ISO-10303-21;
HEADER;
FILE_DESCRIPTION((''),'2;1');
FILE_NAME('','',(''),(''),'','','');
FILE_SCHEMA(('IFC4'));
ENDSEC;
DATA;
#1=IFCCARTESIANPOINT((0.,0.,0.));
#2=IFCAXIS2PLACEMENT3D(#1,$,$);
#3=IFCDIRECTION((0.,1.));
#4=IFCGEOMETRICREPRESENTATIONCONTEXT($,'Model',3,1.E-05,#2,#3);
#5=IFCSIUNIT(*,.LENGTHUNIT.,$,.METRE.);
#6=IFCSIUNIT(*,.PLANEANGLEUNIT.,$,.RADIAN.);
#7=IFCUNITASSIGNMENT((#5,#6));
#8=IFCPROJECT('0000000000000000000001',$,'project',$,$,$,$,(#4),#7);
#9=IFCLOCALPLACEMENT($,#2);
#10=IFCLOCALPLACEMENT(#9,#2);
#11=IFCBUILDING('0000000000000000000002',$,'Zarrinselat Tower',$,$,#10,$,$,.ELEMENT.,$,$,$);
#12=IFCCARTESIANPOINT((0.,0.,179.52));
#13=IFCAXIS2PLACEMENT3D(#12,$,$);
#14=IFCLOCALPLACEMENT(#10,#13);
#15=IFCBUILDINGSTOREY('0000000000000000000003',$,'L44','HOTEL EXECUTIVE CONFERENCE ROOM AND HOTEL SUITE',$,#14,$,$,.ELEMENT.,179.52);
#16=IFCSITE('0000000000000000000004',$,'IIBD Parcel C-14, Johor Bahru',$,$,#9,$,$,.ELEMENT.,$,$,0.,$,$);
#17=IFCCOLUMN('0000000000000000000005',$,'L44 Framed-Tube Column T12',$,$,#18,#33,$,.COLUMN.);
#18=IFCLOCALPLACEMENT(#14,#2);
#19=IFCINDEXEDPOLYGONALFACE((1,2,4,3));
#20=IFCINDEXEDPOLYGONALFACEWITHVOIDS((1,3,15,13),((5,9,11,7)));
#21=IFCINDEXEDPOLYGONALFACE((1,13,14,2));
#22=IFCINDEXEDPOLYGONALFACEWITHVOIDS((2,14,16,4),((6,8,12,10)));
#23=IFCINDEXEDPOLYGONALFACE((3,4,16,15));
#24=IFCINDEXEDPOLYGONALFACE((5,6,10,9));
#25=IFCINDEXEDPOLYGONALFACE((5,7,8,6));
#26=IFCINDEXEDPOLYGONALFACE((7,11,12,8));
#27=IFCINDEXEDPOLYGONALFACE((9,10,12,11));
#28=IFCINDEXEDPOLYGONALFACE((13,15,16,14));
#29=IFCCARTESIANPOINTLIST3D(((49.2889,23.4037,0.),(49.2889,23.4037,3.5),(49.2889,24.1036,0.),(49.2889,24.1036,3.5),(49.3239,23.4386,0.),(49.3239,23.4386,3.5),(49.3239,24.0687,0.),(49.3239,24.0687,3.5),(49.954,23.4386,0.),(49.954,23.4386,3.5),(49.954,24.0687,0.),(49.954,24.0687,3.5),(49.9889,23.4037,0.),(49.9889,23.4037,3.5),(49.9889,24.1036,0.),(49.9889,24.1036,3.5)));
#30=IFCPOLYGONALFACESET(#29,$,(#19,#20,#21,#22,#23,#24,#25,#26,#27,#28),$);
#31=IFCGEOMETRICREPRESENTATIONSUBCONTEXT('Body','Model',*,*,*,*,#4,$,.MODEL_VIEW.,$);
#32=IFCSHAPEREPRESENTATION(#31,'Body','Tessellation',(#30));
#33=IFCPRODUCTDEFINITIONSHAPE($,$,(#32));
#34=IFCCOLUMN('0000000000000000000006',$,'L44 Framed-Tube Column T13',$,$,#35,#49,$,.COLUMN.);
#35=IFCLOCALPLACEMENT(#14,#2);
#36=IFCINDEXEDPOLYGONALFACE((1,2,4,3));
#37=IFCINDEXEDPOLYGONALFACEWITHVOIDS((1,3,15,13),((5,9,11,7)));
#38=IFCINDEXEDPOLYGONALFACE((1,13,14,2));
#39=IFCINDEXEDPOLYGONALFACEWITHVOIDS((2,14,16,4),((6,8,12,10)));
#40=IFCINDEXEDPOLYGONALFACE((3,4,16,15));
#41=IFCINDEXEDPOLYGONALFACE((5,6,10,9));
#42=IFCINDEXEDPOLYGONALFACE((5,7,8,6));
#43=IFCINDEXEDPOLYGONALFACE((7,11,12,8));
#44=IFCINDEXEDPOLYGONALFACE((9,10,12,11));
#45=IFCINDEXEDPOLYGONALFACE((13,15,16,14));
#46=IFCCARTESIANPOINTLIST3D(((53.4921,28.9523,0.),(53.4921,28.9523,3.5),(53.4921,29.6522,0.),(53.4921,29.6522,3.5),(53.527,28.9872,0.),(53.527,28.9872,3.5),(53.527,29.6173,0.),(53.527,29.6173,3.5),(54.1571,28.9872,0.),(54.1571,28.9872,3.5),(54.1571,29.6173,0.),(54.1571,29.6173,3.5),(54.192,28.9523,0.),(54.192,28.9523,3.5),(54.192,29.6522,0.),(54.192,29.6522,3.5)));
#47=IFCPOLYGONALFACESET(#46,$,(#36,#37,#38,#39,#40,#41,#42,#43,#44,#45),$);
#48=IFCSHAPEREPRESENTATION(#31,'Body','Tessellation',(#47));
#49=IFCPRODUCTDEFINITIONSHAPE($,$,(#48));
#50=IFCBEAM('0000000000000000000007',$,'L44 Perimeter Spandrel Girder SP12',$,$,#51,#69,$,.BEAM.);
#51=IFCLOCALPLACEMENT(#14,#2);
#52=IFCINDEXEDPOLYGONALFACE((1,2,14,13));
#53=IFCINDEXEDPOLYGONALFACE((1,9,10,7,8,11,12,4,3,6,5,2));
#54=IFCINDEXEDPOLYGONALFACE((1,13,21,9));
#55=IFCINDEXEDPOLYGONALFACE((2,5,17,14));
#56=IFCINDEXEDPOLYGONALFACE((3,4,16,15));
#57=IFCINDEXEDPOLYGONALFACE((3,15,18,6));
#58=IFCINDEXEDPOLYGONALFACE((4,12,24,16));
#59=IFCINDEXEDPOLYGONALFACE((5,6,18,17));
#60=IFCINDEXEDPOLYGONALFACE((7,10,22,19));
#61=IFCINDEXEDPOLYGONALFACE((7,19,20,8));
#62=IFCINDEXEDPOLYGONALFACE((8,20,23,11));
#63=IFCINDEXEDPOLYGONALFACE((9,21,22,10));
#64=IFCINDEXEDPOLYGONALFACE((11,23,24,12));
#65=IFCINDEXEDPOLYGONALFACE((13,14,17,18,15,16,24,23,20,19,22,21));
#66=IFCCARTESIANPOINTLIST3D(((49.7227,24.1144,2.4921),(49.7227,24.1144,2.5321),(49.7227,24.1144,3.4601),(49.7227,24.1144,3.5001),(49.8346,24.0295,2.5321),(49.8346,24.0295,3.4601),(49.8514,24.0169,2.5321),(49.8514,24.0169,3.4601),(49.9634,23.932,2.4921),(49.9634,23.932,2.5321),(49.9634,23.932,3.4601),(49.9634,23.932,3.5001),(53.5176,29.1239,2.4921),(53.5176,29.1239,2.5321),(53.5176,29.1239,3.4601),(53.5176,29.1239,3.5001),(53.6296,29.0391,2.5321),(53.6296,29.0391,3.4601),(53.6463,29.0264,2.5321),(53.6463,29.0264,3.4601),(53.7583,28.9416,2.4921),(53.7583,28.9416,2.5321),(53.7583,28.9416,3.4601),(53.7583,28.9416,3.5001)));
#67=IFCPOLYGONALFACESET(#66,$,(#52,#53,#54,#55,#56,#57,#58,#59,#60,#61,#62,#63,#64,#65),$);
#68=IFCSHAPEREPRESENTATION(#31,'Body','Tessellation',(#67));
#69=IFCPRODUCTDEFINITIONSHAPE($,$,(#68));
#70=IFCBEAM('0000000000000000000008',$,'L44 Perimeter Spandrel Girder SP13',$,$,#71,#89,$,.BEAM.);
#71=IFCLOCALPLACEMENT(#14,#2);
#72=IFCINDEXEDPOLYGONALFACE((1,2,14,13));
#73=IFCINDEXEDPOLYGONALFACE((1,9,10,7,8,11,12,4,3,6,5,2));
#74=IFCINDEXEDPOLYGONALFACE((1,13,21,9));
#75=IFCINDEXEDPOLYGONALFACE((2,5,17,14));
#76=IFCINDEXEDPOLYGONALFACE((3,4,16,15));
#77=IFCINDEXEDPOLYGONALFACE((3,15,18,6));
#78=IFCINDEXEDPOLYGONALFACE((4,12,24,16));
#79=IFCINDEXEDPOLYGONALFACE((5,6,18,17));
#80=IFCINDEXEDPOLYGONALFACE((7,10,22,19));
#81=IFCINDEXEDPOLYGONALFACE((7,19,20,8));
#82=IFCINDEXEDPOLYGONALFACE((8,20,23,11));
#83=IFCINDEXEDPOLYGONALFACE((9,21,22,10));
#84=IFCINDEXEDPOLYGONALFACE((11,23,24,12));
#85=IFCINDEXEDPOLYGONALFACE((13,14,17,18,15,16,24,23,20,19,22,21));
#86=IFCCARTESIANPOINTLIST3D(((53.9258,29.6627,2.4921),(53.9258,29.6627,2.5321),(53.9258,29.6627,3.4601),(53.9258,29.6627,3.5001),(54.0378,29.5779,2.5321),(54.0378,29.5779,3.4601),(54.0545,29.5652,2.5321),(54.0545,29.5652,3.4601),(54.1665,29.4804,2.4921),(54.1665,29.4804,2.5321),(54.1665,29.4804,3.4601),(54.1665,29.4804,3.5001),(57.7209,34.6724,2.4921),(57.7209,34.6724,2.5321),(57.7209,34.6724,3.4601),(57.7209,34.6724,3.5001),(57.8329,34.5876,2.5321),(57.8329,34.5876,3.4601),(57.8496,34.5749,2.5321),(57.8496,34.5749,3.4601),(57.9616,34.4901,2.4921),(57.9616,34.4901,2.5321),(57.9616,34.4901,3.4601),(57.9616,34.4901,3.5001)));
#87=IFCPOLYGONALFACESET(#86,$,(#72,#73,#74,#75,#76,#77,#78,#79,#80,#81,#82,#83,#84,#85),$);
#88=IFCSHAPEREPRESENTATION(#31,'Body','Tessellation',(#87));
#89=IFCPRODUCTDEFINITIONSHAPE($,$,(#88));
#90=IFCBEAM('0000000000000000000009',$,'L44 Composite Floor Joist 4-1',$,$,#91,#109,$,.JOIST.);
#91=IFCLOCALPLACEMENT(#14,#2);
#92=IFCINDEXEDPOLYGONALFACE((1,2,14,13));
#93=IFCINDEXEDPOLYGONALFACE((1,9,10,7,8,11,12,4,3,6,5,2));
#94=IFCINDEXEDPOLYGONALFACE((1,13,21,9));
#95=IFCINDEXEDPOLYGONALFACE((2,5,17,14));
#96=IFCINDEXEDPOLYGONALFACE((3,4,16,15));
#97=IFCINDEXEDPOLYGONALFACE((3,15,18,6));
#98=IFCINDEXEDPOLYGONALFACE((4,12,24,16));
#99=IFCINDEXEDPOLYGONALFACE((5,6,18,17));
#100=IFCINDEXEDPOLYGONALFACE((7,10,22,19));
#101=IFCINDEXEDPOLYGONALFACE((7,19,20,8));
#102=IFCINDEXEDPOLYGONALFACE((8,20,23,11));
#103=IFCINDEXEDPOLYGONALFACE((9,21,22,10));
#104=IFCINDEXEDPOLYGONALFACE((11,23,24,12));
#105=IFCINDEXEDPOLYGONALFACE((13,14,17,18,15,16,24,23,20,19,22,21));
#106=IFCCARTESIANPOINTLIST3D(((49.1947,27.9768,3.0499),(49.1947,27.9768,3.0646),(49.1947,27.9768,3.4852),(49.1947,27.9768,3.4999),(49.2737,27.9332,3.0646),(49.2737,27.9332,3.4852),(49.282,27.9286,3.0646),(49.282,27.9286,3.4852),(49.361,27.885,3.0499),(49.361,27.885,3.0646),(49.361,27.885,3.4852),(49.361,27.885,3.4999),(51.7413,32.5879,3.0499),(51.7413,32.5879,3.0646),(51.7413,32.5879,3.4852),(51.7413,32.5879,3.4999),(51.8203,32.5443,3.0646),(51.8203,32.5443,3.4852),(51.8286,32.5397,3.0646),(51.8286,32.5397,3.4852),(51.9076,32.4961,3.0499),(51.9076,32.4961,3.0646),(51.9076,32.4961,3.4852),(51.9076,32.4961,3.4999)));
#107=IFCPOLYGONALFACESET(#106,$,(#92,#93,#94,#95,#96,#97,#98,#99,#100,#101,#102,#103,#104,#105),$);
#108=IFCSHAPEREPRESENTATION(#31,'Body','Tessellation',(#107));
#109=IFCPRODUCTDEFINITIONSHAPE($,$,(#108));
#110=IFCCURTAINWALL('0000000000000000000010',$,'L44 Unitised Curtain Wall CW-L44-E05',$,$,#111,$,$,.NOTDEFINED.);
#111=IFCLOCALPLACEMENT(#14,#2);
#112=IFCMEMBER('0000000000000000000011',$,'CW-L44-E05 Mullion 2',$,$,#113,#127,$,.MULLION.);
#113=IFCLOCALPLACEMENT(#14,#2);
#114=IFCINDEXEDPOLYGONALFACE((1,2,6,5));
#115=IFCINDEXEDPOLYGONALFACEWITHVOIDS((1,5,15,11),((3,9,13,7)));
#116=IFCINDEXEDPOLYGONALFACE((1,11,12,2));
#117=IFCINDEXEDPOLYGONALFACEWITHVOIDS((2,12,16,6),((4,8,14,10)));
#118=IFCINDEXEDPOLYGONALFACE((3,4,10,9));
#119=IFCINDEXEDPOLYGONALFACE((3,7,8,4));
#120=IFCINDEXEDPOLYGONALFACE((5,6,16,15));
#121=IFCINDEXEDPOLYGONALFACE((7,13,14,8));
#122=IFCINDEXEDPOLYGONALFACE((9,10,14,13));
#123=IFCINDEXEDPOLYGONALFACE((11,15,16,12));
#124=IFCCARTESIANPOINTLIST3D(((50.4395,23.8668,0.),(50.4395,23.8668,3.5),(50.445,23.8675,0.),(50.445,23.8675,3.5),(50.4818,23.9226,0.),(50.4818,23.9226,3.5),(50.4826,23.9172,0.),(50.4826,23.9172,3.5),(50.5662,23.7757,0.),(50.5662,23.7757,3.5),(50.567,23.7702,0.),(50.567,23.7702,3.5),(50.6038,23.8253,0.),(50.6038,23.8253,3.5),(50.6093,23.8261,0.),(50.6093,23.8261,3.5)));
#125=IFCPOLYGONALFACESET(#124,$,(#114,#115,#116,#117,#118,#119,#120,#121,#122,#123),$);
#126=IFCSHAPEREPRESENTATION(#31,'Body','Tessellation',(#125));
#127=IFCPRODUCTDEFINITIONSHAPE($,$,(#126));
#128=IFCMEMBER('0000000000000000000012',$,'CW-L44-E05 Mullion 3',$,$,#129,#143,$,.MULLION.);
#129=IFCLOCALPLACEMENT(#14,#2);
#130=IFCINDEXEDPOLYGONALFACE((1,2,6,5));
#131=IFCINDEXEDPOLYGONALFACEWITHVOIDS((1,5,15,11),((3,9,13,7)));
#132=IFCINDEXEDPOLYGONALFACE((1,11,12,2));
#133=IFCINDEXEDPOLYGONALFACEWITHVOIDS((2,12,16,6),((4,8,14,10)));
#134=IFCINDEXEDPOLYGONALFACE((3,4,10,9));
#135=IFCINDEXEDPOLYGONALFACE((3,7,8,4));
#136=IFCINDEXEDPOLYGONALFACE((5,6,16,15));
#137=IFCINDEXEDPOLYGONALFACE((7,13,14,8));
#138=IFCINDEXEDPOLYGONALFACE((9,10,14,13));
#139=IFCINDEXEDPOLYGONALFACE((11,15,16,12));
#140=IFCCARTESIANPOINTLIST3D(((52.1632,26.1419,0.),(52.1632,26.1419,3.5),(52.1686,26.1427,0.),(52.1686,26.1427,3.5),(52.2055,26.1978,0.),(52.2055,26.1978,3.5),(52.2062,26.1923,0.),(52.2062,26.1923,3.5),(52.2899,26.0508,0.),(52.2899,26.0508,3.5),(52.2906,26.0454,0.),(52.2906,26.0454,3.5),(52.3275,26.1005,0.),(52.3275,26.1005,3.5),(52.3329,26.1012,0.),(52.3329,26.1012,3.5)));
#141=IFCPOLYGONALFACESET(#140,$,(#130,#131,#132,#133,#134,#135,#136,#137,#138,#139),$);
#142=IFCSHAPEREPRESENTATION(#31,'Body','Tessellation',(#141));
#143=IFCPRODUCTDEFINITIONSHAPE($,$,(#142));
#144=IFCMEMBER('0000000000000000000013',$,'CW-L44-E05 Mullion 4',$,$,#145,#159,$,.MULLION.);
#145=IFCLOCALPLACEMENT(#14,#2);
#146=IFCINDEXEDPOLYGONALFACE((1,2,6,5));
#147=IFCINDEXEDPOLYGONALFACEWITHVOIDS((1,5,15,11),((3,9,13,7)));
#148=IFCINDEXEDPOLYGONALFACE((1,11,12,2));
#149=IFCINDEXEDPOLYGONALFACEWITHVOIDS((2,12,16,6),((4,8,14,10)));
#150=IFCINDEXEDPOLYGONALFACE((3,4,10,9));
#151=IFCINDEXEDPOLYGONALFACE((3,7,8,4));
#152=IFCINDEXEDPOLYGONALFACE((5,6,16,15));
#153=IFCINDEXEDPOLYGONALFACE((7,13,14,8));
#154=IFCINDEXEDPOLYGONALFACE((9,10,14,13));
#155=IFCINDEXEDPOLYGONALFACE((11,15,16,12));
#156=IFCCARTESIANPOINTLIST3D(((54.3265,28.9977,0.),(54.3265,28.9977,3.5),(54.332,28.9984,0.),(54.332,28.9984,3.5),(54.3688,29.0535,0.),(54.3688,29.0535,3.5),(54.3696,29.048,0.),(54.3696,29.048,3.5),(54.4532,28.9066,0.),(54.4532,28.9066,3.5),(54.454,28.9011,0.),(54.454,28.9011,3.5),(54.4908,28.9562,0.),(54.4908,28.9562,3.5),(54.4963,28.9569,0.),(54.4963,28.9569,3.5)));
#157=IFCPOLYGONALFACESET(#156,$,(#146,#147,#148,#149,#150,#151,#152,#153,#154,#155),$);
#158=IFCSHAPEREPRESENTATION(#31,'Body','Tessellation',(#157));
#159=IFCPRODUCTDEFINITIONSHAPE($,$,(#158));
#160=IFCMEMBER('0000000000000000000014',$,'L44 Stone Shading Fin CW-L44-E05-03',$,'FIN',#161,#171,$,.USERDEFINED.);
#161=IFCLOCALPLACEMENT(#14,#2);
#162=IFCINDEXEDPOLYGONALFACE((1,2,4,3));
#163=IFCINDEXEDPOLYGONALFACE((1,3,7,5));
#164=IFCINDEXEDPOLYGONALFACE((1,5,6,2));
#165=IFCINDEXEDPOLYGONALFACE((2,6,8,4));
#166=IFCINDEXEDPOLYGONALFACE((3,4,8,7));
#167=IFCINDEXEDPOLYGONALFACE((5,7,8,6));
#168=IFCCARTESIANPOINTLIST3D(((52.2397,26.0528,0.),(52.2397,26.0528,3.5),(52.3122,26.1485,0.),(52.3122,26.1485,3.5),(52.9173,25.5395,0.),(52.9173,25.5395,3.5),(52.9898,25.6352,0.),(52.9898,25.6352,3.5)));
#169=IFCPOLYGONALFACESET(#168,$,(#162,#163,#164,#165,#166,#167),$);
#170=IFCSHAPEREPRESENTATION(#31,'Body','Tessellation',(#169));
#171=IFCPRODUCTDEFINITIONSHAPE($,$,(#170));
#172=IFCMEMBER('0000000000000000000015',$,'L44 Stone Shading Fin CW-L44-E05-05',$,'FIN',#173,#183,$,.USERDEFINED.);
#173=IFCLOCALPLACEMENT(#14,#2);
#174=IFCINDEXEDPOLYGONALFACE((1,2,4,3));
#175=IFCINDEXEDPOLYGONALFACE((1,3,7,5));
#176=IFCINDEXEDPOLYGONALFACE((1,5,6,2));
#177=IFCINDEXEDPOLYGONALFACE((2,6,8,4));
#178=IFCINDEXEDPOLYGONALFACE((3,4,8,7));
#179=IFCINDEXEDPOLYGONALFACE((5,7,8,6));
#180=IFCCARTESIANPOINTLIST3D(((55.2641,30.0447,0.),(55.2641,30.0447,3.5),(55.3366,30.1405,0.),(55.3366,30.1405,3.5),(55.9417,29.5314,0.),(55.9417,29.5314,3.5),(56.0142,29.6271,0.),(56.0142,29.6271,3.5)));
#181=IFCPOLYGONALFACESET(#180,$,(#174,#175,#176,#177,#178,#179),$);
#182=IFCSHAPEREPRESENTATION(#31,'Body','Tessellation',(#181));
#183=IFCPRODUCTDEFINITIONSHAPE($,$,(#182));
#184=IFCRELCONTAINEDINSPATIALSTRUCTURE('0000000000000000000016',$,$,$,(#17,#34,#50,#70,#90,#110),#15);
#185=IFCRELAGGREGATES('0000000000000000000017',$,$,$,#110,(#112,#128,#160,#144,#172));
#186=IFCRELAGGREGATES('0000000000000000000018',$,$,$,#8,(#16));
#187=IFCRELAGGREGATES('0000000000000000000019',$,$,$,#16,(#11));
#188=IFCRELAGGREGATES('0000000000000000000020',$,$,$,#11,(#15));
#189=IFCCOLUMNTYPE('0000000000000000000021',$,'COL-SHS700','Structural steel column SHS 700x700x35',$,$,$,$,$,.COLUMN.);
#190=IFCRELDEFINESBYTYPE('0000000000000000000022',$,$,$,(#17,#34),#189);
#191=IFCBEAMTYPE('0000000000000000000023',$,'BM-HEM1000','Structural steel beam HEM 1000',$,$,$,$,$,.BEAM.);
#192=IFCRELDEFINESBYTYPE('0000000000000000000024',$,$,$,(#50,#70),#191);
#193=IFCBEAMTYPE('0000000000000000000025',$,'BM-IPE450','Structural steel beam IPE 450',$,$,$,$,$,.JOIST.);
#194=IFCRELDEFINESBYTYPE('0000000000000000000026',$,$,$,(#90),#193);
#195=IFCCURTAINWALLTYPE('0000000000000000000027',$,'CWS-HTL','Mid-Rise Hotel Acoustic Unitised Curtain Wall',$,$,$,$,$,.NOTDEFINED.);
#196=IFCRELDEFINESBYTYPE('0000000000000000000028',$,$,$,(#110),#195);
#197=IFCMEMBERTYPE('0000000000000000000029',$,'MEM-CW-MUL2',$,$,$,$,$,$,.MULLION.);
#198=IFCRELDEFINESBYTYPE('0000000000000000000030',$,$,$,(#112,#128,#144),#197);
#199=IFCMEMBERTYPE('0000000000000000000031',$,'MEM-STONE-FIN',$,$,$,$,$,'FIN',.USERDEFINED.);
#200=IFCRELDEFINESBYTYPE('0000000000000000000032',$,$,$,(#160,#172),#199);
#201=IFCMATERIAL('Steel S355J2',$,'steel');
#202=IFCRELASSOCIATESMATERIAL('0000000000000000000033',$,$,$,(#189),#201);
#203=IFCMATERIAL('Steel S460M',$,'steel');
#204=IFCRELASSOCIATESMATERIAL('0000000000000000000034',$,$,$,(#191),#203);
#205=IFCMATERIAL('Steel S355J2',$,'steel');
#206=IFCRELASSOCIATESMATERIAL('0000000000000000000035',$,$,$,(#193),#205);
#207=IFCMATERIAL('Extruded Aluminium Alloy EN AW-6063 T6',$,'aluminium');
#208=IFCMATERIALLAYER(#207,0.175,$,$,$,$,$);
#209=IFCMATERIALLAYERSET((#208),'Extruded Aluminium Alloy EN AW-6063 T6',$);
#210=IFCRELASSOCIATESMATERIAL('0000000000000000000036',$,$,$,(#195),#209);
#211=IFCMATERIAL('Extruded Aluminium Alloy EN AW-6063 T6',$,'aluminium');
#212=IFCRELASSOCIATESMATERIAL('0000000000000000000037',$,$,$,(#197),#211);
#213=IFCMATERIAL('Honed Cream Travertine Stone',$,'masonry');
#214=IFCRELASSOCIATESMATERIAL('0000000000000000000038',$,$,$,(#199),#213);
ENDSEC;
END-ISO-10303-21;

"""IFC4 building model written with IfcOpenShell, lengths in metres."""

from ifc_helpers import new_model, si_unit, direction, frame, origin, origin_2d, place, context, subcontext, project, spatial, rectangle, hollow_rectangle, i_section, extrude, material, layer, layer_set, material_profile, profile_set, type_object, element, aggregate, save


model = new_model("IFC4")

# Units and contexts
model_context = context("Model", 3, precision=1e-05, world=origin(), true_north=direction((0.0, 1.0)))
body_context = subcontext(model_context, "Body", "Model", "MODEL_VIEW")
ifc_project = project(units=[si_unit("LENGTHUNIT", "METRE"), si_unit("PLANEANGLEUNIT", "RADIAN")], contexts=[model_context])

# Site, building, storey
site_placement = place(None, origin())
site = spatial("IfcSite", under=ifc_project, at=site_placement, Name="IIBD Parcel C-14, Johor Bahru", CompositionType="ELEMENT", RefElevation=0.0)
building_placement = place(site_placement, origin())
building = spatial("IfcBuilding", under=site, at=building_placement, Name="Zarrinselat Tower", CompositionType="ELEMENT")
storey_placement = place(building_placement, frame((0.0, 0.0, 179.52)))
storey = spatial("IfcBuildingStorey", under=building, at=storey_placement, Name="L44", Description="HOTEL EXECUTIVE CONFERENCE ROOM AND HOTEL SUITE", CompositionType="ELEMENT", Elevation=179.52)

# Columns
ifc_material_1 = material(Name="Steel S355J2", Category="steel")
ifc_material_profile_1 = material_profile(ifc_material_1, hollow_rectangle(XDim=0.7, YDim=0.7, WallThickness=0.0349, at=origin_2d()), Name="SHS 700x700x35")
ifc_profile_set_1 = profile_set([ifc_material_profile_1], Name="Steel S355J2")
column_type = type_object("IfcColumnType", Name="COL-SHS700", Description="Structural steel column SHS 700x700x35", PredefinedType="COLUMN", material=ifc_profile_set_1)
for number, where, z_axis, x_axis, name in (
    (1, (49.6389, 23.7537, 0.0), (0.0, 0.0, 1.0), (1.0, 0.0, 0.0), "L44 Framed-Tube Column T12"),
    (2, (53.842, 29.3022, 0.0), (0.0, 0.0, 1.0), (1.0, 0.0, 0.0), "L44 Framed-Tube Column T13"),
):
    element("IfcColumn", number, at=place(storey_placement, frame(where, z_axis=z_axis, x_axis=x_axis)), inside=storey, type_object=column_type, Name=name, PredefinedType="COLUMN", context=body_context, shape_type="SweptSolid", body=[
        extrude(hollow_rectangle(XDim=0.7, YDim=0.7, WallThickness=0.0349, at=origin_2d()), origin(), (0.0, 0.0, 1.0), 3.5),
    ])

# Beams
ifc_material_2 = material(Name="Steel S460M", Category="steel")
ifc_material_profile_2 = material_profile(ifc_material_2, i_section(OverallWidth=0.302, OverallDepth=1.0081, WebThickness=0.021, FlangeThickness=0.04, at=origin_2d()), Name="HEM 1000")
ifc_profile_set_2 = profile_set([ifc_material_profile_2], Name="Steel S460M")
beam_type_1 = type_object("IfcBeamType", Name="BM-HEM1000", Description="Structural steel beam HEM 1000", PredefinedType="BEAM", material=ifc_profile_set_2)
beam_1_placement = place(storey_placement, frame((49.843, 24.0232, 2.9961), z_axis=(0.60384, 0.797105, 0.0), x_axis=(-0.797105, 0.60384, 0.0)))
element("IfcBeam", 3, at=beam_1_placement, inside=storey, type_object=beam_type_1, Name="L44 Perimeter Spandrel Girder SP12", PredefinedType="BEAM", context=body_context, shape_type="SweptSolid", body=[
    extrude(i_section(OverallWidth=0.302, OverallDepth=1.0081, WebThickness=0.021, FlangeThickness=0.04, at=origin_2d()), origin(), (0.0, 0.0, 1.0), 6.2847),
])
beam_2_placement = place(storey_placement, frame((54.0461, 29.5715, 2.9961), z_axis=(0.603846, 0.797101, 0.0), x_axis=(-0.797101, 0.603846, 0.0)))
element("IfcBeam", 4, at=beam_2_placement, inside=storey, type_object=beam_type_1, Name="L44 Perimeter Spandrel Girder SP13", PredefinedType="BEAM", context=body_context, shape_type="SweptSolid", body=[
    extrude(i_section(OverallWidth=0.302, OverallDepth=1.0081, WebThickness=0.021, FlangeThickness=0.04, at=origin_2d()), origin(), (0.0, 0.0, 1.0), 6.2849),
])
ifc_material_3 = material(Name="Steel S355J2", Category="steel")
ifc_material_profile_3 = material_profile(ifc_material_3, i_section(OverallWidth=0.1899, OverallDepth=0.45, WebThickness=0.0095, FlangeThickness=0.0146, at=origin_2d()), Name="IPE 450")
ifc_profile_set_3 = profile_set([ifc_material_profile_3], Name="Steel S355J2")
beam_type_2 = type_object("IfcBeamType", Name="BM-IPE450", Description="Structural steel beam IPE 450", PredefinedType="JOIST", material=ifc_profile_set_3)
beam_3_placement = place(storey_placement, frame((49.2778, 27.9309, 3.2749), z_axis=(0.483453, 0.87537, 0.0), x_axis=(-0.87537, 0.483453, 0.0)))
element("IfcBeam", 5, at=beam_3_placement, inside=storey, type_object=beam_type_2, Name="L44 Composite Floor Joist 4-1", PredefinedType="JOIST", context=body_context, shape_type="SweptSolid", body=[
    extrude(i_section(OverallWidth=0.1899, OverallDepth=0.45, WebThickness=0.0095, FlangeThickness=0.0146, at=origin_2d()), origin(), (0.0, 0.0, 1.0), 5.2676),
])

# Curtain wall, members
ifc_material_4 = material(Name="Extruded Aluminium Alloy EN AW-6063 T6", Category="aluminium")
ifc_layer_1 = layer(ifc_material_4, 0.175)
ifc_layer_set_1 = layer_set([ifc_layer_1], Name="Extruded Aluminium Alloy EN AW-6063 T6")
curtain_wall_type = type_object("IfcCurtainWallType", Name="CWS-HTL", Description="Mid-Rise Hotel Acoustic Unitised Curtain Wall", PredefinedType="NOTDEFINED", material=ifc_layer_set_1)
curtain_wall_placement = place(storey_placement, origin())
curtain_wall = element("IfcCurtainWall", 6, at=curtain_wall_placement, inside=storey, type_object=curtain_wall_type, Name="L44 Unitised Curtain Wall CW-L44-E05", PredefinedType="NOTDEFINED")
ifc_material_5 = material(Name="Extruded Aluminium Alloy EN AW-6063 T6", Category="aluminium")
ifc_material_profile_4 = material_profile(ifc_material_5, hollow_rectangle(XDim=0.0701, YDim=0.1599, WallThickness=0.0039, at=origin_2d()), Name="RHS 160x70x4")
ifc_profile_set_4 = profile_set([ifc_material_profile_4], Name="Extruded Aluminium Alloy EN AW-6063 T6")
member_type_1 = type_object("IfcMemberType", Name="MEM-CW-MUL2", PredefinedType="MULLION", material=ifc_profile_set_4)
member_1_placement = place(storey_placement, frame((50.5244, 23.8464, 0.0), z_axis=(0.0, 0.0, 1.0), x_axis=(0.603859, 0.797091, 0.0)))
member_1 = element("IfcMember", 7, at=member_1_placement, type_object=member_type_1, Name="CW-L44-E05 Mullion 2", PredefinedType="MULLION", context=body_context, shape_type="SweptSolid", body=[
    extrude(hollow_rectangle(XDim=0.0701, YDim=0.1599, WallThickness=0.0039, at=origin_2d()), origin(), (0.0, 0.0, 1.0), 3.5),
])
member_2_placement = place(storey_placement, frame((52.248, 26.1216, 0.0), z_axis=(0.0, 0.0, 1.0), x_axis=(0.603859, 0.797091, 0.0)))
member_2 = element("IfcMember", 8, at=member_2_placement, type_object=member_type_1, Name="CW-L44-E05 Mullion 3", PredefinedType="MULLION", context=body_context, shape_type="SweptSolid", body=[
    extrude(hollow_rectangle(XDim=0.0701, YDim=0.1599, WallThickness=0.0039, at=origin_2d()), origin(), (0.0, 0.0, 1.0), 3.5),
])
member_3_placement = place(storey_placement, frame((54.4114, 28.9773, 0.0), z_axis=(0.0, 0.0, 1.0), x_axis=(0.603859, 0.797091, 0.0)))
member_3 = element("IfcMember", 9, at=member_3_placement, type_object=member_type_1, Name="CW-L44-E05 Mullion 4", PredefinedType="MULLION", context=body_context, shape_type="SweptSolid", body=[
    extrude(hollow_rectangle(XDim=0.0701, YDim=0.1599, WallThickness=0.0039, at=origin_2d()), origin(), (0.0, 0.0, 1.0), 3.5),
])
ifc_material_6 = material(Name="Honed Cream Travertine Stone", Category="masonry")
ifc_material_profile_5 = material_profile(ifc_material_6, rectangle(XDim=0.1201, YDim=0.8501, at=origin_2d()), Name="FIN 850x120")
ifc_profile_set_5 = profile_set([ifc_material_profile_5], Name="Honed Cream Travertine Stone")
member_type_2 = type_object("IfcMemberType", Name="MEM-STONE-FIN", ElementType="FIN", PredefinedType="USERDEFINED", material=ifc_profile_set_5)
member_4_placement = place(storey_placement, frame((52.6147, 25.844, 0.0), z_axis=(0.0, 0.0, 1.0), x_axis=(-0.603859, -0.797091, 0.0)))
member_4 = element("IfcMember", 10, at=member_4_placement, type_object=member_type_2, Name="L44 Stone Shading Fin CW-L44-E05-03", ObjectType="FIN", PredefinedType="USERDEFINED", context=body_context, shape_type="SweptSolid", body=[
    extrude(rectangle(XDim=0.1201, YDim=0.8501, at=origin_2d()), origin(), (0.0, 0.0, 1.0), 3.5),
])
member_5_placement = place(storey_placement, frame((55.6392, 29.8359, 0.0), z_axis=(0.0, 0.0, 1.0), x_axis=(-0.603859, -0.797091, 0.0)))
member_5 = element("IfcMember", 11, at=member_5_placement, type_object=member_type_2, Name="L44 Stone Shading Fin CW-L44-E05-05", ObjectType="FIN", PredefinedType="USERDEFINED", context=body_context, shape_type="SweptSolid", body=[
    extrude(rectangle(XDim=0.1201, YDim=0.8501, at=origin_2d()), origin(), (0.0, 0.0, 1.0), 3.5),
])
aggregate(curtain_wall, [member_1, member_2, member_4, member_3, member_5])

save(model, "model.ifc")
